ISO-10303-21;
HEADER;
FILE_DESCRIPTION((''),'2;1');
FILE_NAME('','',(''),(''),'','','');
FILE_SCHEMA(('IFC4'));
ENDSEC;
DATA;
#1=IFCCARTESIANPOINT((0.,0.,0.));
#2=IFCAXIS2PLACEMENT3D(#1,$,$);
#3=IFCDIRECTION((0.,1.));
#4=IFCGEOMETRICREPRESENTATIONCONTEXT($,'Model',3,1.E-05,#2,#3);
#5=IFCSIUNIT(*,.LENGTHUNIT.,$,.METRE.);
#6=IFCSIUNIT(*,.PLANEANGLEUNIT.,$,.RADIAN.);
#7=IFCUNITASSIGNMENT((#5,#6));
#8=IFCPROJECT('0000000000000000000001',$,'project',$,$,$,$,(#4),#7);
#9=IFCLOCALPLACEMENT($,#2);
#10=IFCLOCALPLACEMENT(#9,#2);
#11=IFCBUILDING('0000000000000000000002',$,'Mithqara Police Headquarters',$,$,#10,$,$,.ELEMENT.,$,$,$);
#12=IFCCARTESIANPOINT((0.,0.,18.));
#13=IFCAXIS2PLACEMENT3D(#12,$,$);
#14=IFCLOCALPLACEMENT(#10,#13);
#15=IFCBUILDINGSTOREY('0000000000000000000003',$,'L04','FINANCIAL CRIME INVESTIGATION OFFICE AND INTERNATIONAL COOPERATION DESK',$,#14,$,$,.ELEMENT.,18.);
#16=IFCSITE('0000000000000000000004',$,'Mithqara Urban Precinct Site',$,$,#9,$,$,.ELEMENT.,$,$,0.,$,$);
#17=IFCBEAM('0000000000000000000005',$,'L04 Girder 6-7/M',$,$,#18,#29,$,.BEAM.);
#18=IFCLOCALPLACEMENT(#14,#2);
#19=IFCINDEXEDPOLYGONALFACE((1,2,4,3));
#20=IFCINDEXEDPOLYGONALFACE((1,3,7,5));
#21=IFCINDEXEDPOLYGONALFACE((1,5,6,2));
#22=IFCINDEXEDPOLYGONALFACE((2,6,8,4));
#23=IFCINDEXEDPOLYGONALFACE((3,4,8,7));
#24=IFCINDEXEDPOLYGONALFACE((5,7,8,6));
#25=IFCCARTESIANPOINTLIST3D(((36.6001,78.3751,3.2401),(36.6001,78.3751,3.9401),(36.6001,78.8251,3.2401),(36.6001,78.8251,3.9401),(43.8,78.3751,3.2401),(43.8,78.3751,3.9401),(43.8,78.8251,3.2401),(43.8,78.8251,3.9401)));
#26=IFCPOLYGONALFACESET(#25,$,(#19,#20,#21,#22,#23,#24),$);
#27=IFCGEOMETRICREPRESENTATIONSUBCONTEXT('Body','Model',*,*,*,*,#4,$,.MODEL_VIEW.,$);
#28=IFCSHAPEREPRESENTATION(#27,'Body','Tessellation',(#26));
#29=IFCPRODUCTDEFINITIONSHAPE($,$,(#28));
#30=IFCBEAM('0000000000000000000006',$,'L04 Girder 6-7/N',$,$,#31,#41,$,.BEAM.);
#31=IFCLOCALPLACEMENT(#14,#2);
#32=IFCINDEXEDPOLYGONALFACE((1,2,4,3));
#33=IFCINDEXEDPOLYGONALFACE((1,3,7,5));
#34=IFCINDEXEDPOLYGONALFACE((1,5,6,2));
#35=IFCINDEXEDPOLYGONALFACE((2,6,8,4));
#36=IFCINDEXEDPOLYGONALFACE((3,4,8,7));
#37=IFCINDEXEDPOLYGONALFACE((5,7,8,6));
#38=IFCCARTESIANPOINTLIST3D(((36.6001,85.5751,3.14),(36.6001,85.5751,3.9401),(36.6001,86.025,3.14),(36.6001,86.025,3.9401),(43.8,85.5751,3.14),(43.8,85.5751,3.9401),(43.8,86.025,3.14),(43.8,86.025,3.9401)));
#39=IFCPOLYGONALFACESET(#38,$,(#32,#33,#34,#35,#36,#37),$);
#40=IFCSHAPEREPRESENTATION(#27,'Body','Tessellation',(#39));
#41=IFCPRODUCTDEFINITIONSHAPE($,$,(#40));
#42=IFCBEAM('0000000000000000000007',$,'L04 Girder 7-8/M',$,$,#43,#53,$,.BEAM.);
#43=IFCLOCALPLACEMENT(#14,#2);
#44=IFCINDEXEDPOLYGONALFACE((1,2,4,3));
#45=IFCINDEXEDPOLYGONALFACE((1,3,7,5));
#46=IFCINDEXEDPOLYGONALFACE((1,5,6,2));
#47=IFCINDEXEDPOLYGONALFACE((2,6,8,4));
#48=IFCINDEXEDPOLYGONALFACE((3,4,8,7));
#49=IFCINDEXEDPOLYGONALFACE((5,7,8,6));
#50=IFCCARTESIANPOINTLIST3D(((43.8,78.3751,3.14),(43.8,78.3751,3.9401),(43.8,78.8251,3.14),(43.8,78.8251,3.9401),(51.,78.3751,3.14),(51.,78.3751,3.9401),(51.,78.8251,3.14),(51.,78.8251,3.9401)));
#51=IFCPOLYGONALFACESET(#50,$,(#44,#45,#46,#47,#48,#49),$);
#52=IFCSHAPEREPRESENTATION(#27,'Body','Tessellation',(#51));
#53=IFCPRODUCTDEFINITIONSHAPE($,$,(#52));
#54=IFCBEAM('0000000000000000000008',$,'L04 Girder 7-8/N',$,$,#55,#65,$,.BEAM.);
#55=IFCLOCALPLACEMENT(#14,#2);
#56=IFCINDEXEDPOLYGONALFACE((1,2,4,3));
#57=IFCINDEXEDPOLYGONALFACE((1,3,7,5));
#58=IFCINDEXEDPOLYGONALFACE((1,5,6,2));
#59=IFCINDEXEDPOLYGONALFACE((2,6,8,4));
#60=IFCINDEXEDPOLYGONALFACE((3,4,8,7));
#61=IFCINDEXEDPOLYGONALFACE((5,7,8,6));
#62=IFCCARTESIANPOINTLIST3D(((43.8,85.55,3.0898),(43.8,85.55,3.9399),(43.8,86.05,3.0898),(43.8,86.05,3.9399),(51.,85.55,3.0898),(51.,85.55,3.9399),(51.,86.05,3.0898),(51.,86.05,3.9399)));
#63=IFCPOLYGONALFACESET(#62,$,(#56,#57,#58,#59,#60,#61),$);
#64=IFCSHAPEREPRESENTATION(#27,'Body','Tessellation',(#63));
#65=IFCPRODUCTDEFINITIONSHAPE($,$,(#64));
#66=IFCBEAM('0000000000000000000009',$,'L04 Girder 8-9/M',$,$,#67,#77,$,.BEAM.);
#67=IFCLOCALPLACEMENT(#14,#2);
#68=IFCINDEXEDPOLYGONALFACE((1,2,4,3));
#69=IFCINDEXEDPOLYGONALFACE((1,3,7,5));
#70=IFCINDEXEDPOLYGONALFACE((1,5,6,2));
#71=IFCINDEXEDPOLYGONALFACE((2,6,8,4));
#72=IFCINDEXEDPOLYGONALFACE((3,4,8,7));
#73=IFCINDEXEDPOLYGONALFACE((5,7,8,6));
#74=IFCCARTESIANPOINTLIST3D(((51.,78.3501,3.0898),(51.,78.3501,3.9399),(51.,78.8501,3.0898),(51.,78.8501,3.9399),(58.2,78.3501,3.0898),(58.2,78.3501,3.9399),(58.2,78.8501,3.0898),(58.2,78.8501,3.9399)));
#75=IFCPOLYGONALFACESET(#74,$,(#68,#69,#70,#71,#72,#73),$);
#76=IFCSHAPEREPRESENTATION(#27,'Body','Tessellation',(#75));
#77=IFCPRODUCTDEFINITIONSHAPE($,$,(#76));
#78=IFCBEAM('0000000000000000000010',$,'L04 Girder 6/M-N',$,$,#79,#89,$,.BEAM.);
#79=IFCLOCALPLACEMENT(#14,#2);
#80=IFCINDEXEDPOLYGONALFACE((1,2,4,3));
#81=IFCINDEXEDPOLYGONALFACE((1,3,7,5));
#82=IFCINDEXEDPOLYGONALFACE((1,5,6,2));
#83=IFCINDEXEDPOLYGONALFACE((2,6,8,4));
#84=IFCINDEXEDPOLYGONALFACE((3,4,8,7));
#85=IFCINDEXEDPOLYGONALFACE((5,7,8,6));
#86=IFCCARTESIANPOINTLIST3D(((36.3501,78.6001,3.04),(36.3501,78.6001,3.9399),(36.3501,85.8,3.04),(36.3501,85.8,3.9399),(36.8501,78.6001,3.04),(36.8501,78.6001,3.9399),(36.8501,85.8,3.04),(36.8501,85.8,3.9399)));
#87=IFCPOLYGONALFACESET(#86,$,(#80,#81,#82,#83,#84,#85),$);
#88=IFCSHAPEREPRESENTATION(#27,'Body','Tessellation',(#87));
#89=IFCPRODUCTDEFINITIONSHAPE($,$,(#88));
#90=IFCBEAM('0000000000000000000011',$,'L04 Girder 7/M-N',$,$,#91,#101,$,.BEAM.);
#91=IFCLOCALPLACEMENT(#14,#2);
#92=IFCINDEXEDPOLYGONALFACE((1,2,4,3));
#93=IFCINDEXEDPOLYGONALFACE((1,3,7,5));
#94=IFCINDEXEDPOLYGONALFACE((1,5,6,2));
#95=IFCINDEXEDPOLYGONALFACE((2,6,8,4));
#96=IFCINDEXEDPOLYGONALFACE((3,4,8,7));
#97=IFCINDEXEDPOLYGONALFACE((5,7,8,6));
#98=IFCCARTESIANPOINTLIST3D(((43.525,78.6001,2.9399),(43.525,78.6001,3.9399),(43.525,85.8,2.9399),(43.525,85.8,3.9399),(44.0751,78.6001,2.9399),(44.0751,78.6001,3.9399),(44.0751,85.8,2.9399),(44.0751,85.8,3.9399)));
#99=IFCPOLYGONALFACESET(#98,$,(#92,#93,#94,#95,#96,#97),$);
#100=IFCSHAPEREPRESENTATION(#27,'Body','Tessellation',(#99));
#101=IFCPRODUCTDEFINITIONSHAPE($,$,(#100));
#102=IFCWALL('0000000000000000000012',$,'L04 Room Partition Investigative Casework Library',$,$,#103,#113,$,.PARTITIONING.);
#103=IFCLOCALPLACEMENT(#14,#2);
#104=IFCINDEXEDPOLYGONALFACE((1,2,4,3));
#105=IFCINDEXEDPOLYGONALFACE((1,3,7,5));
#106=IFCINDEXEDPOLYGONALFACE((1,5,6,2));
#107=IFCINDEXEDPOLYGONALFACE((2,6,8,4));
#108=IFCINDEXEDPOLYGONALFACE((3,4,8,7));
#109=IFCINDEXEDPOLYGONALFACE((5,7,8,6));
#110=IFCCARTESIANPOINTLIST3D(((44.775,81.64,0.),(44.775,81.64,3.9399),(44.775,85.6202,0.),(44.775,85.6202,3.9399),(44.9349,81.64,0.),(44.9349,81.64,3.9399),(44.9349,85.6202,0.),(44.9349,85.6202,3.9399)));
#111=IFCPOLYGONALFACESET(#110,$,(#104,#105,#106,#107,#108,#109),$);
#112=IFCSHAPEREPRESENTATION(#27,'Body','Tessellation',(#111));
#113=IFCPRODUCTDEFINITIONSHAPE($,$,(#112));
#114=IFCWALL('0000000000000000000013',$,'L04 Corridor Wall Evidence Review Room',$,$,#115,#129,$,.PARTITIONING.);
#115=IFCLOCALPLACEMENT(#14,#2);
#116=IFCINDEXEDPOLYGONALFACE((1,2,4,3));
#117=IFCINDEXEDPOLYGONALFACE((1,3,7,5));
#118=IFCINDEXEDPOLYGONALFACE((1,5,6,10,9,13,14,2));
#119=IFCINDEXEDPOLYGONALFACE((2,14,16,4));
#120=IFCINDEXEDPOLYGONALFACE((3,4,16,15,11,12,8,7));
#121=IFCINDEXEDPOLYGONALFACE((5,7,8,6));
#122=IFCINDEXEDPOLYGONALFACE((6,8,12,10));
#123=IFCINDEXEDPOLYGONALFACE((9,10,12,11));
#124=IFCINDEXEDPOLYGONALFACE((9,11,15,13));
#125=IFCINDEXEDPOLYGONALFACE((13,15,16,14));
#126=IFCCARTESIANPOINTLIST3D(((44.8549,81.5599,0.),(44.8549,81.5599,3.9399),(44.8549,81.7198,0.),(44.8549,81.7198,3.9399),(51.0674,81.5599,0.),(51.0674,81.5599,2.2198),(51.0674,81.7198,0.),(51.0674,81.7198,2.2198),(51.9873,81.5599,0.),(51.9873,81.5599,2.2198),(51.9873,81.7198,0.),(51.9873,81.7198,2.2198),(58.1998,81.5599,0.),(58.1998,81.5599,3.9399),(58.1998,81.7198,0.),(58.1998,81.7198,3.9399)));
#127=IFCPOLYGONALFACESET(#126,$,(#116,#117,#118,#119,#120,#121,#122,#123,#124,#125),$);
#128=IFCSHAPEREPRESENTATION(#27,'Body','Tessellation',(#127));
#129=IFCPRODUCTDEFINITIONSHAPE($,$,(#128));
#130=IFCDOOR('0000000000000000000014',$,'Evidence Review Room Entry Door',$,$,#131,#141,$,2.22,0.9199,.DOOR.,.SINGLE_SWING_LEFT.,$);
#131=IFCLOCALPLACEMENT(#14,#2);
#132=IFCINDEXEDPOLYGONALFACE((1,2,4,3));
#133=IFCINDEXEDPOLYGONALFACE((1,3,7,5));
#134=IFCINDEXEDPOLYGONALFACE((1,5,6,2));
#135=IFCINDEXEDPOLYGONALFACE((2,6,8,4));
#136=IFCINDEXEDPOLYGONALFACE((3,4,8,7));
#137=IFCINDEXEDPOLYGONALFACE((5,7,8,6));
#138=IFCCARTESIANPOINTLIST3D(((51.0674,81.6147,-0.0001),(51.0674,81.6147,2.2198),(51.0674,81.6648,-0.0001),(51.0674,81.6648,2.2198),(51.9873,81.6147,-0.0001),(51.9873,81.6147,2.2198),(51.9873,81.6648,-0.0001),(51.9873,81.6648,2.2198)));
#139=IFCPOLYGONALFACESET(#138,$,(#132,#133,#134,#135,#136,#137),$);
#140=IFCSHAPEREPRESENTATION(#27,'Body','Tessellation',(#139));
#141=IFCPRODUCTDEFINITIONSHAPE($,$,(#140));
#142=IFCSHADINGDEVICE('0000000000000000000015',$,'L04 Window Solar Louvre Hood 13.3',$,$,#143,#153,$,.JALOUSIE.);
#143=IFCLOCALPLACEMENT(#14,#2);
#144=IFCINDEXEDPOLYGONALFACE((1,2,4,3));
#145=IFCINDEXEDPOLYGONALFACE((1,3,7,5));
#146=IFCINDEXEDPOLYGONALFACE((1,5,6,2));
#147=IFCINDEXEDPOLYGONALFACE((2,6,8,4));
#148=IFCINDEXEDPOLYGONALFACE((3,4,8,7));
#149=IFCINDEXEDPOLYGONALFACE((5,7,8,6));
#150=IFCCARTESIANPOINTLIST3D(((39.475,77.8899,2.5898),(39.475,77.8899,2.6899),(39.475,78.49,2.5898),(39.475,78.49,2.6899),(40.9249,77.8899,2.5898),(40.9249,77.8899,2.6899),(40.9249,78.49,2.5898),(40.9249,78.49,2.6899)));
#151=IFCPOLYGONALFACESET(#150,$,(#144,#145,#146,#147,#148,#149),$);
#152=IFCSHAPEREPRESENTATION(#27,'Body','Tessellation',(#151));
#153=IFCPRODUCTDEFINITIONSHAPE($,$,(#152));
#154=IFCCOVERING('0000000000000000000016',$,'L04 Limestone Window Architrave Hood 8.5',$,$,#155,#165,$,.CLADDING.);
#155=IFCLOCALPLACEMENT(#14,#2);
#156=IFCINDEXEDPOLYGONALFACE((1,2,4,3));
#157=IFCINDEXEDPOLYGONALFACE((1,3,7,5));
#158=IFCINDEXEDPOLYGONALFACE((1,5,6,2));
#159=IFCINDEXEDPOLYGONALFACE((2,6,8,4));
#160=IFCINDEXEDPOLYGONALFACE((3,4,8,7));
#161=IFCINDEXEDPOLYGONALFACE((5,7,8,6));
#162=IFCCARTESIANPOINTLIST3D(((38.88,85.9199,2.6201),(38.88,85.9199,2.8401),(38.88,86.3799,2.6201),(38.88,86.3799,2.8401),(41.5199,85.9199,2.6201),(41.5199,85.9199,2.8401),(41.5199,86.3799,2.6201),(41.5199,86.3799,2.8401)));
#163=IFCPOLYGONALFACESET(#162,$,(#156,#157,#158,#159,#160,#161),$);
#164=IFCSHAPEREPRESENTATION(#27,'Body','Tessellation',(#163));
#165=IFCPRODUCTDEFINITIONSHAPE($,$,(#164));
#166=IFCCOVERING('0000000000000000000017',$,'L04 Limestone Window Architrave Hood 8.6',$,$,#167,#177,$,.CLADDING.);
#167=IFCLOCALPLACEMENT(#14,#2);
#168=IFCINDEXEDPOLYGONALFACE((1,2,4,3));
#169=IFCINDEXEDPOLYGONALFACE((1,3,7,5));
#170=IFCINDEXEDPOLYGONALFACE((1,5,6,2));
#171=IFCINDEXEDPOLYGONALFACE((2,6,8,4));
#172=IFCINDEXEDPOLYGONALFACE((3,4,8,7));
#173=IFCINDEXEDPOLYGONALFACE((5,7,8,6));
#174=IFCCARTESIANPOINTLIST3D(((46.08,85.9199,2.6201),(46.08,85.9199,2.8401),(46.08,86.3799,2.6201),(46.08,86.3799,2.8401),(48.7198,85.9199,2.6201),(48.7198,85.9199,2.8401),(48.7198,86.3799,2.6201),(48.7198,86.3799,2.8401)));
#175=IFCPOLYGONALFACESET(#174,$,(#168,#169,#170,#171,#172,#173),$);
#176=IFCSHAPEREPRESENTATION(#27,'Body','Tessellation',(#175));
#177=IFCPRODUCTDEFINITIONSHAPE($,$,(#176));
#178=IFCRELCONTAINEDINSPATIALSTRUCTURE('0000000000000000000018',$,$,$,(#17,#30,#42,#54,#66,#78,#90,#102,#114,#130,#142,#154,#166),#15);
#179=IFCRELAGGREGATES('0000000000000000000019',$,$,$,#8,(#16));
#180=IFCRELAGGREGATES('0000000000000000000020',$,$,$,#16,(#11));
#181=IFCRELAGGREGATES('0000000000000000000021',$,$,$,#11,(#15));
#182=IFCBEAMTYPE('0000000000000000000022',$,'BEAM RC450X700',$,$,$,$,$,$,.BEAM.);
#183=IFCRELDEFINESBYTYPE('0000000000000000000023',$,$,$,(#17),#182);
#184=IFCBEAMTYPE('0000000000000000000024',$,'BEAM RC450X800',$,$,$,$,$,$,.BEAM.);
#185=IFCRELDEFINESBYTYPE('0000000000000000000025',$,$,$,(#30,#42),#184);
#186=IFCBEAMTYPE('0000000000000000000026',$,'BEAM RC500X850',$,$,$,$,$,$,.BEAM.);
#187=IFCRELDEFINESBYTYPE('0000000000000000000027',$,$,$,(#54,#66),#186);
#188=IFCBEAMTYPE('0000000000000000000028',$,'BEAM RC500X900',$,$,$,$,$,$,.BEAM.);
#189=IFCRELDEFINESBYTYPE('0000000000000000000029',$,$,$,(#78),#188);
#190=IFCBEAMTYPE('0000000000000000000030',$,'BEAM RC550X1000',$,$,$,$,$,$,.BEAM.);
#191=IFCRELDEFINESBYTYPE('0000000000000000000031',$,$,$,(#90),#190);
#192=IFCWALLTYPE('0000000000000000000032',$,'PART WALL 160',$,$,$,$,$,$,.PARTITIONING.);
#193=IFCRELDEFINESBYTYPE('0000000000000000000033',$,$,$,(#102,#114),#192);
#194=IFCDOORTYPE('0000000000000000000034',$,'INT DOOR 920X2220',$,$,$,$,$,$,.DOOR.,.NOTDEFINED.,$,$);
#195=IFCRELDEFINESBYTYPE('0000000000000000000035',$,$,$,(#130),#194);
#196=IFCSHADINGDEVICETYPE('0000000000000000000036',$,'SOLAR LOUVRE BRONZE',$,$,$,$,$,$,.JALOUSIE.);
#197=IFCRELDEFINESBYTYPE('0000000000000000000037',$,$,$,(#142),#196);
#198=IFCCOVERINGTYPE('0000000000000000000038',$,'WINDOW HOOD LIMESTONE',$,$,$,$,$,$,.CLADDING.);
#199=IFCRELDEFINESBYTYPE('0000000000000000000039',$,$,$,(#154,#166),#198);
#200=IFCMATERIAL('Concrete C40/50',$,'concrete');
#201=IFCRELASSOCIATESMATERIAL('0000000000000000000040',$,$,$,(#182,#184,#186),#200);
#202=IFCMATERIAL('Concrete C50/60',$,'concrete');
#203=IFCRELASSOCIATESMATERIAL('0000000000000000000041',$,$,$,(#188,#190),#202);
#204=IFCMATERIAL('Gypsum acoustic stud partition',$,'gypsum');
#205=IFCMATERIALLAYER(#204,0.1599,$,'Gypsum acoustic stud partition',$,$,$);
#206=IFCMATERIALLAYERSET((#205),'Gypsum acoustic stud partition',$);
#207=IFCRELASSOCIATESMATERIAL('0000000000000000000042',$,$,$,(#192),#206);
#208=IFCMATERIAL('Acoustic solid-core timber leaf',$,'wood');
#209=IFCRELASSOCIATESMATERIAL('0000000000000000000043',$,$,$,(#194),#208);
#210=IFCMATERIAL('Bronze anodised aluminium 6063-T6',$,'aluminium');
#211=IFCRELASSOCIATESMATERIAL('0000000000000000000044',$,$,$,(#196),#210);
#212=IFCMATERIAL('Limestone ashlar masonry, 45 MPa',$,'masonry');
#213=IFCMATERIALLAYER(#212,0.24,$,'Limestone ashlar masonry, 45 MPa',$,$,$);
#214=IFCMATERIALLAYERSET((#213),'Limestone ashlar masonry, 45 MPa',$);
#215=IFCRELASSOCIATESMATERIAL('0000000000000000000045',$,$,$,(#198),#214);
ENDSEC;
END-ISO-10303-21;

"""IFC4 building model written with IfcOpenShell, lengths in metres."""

from ifc_helpers import new_model, si_unit, direction, frame, frame_2d, origin, origin_2d, place, context, subcontext, project, spatial, rectangle, extrude, material, layer, layer_set, material_profile, profile_set, type_object, element, fill, save


model = new_model("IFC4")

# Units and contexts
model_context = context("Model", 3, precision=1e-05, world=origin(), true_north=direction((0.0, 1.0)))
body_context = subcontext(model_context, "Body", "Model", "MODEL_VIEW")
ifc_project = project(units=[si_unit("LENGTHUNIT", "METRE"), si_unit("PLANEANGLEUNIT", "RADIAN")], contexts=[model_context])

# Site, building, storey
site_placement = place(None, origin())
site = spatial("IfcSite", under=ifc_project, at=site_placement, Name="Mithqara Urban Precinct Site", CompositionType="ELEMENT", RefElevation=0.0)
building_placement = place(site_placement, origin())
building = spatial("IfcBuilding", under=site, at=building_placement, Name="Mithqara Police Headquarters", CompositionType="ELEMENT")
storey_placement = place(building_placement, frame((0.0, 0.0, 18.0)))
storey = spatial("IfcBuildingStorey", under=building, at=storey_placement, Name="L04", Description="FINANCIAL CRIME INVESTIGATION OFFICE AND INTERNATIONAL COOPERATION DESK", CompositionType="ELEMENT", Elevation=18.0)

# Shared definitions
ifc_material_1 = material(Name="Concrete C50/60", Category="concrete")

# Beams
ifc_material_2 = material(Name="Concrete C40/50", Category="concrete")
ifc_material_profile_1 = material_profile(ifc_material_2, rectangle(XDim=0.45, YDim=0.7, at=origin_2d()), Name="RC 450x700")
ifc_profile_set_1 = profile_set([ifc_material_profile_1], Name="Concrete C40/50")
beam_type_1 = type_object("IfcBeamType", Name="BEAM RC450X700", PredefinedType="BEAM", material=ifc_profile_set_1)
beam_1_placement = place(storey_placement, frame((36.6001, 78.6001, 3.5901), z_axis=(1.0, 0.0, 0.0), x_axis=(0.0, 1.0, 0.0)))
element("IfcBeam", 1, at=beam_1_placement, inside=storey, type_object=beam_type_1, Name="L04 Girder 6-7/M", PredefinedType="BEAM", context=body_context, shape_type="SweptSolid", body=[
    extrude(rectangle(XDim=0.45, YDim=0.7, at=origin_2d()), origin(), (0.0, 0.0, 1.0), 7.2),
])
ifc_material_profile_2 = material_profile(ifc_material_2, rectangle(XDim=0.45, YDim=0.8, at=origin_2d()), Name="RC 450x800")
ifc_profile_set_2 = profile_set([ifc_material_profile_2], Name="Concrete C40/50")
beam_type_2 = type_object("IfcBeamType", Name="BEAM RC450X800", PredefinedType="BEAM", material=ifc_profile_set_2)
for number, where, z_axis, x_axis, name in (
    (2, (36.6001, 85.8, 3.54), (1.0, 0.0, 0.0), (0.0, 1.0, 0.0), "L04 Girder 6-7/N"),
    (3, (43.8, 78.6001, 3.54), (1.0, 0.0, 0.0), (0.0, 1.0, 0.0), "L04 Girder 7-8/M"),
):
    element("IfcBeam", number, at=place(storey_placement, frame(where, z_axis=z_axis, x_axis=x_axis)), inside=storey, type_object=beam_type_2, Name=name, PredefinedType="BEAM", context=body_context, shape_type="SweptSolid", body=[
        extrude(rectangle(XDim=0.45, YDim=0.8, at=origin_2d()), origin(), (0.0, 0.0, 1.0), 7.2),
    ])
ifc_material_profile_3 = material_profile(ifc_material_2, rectangle(XDim=0.5, YDim=0.8501, at=origin_2d()), Name="RC 500x850")
ifc_profile_set_3 = profile_set([ifc_material_profile_3], Name="Concrete C40/50")
beam_type_3 = type_object("IfcBeamType", Name="BEAM RC500X850", PredefinedType="BEAM", material=ifc_profile_set_3)
for number, where, z_axis, x_axis, name in (
    (4, (43.8, 85.8, 3.5149), (1.0, 0.0, 0.0), (0.0, 1.0, 0.0), "L04 Girder 7-8/N"),
    (5, (51.0, 78.6001, 3.5149), (1.0, 0.0, 0.0), (0.0, 1.0, 0.0), "L04 Girder 8-9/M"),
):
    element("IfcBeam", number, at=place(storey_placement, frame(where, z_axis=z_axis, x_axis=x_axis)), inside=storey, type_object=beam_type_3, Name=name, PredefinedType="BEAM", context=body_context, shape_type="SweptSolid", body=[
        extrude(rectangle(XDim=0.5, YDim=0.8501, at=origin_2d()), origin(), (0.0, 0.0, 1.0), 7.2),
    ])
ifc_material_profile_4 = material_profile(ifc_material_1, rectangle(XDim=0.5, YDim=0.8999, at=origin_2d()), Name="RC 500x900")
ifc_profile_set_4 = profile_set([ifc_material_profile_4], Name="Concrete C50/60")
beam_type_4 = type_object("IfcBeamType", Name="BEAM RC500X900", PredefinedType="BEAM", material=ifc_profile_set_4)
beam_2_placement = place(storey_placement, frame((36.6001, 78.6001, 3.49), z_axis=(0.0, 1.0, 0.0), x_axis=(-1.0, 0.0, 0.0)))
element("IfcBeam", 6, at=beam_2_placement, inside=storey, type_object=beam_type_4, Name="L04 Girder 6/M-N", PredefinedType="BEAM", context=body_context, shape_type="SweptSolid", body=[
    extrude(rectangle(XDim=0.5, YDim=0.8999, at=origin_2d()), origin(), (0.0, 0.0, 1.0), 7.2),
])
ifc_material_profile_5 = material_profile(ifc_material_1, rectangle(XDim=0.55, YDim=1.0, at=origin_2d()), Name="RC 550x1000")
ifc_profile_set_5 = profile_set([ifc_material_profile_5], Name="Concrete C50/60")
beam_type_5 = type_object("IfcBeamType", Name="BEAM RC550X1000", PredefinedType="BEAM", material=ifc_profile_set_5)
beam_3_placement = place(storey_placement, frame((43.8, 78.6001, 3.4399), z_axis=(0.0, 1.0, 0.0), x_axis=(-1.0, 0.0, 0.0)))
element("IfcBeam", 7, at=beam_3_placement, inside=storey, type_object=beam_type_5, Name="L04 Girder 7/M-N", PredefinedType="BEAM", context=body_context, shape_type="SweptSolid", body=[
    extrude(rectangle(XDim=0.55, YDim=1.0, at=origin_2d()), origin(), (0.0, 0.0, 1.0), 7.2),
])

# Wall
ifc_material_3 = material(Name="Gypsum acoustic stud partition", Category="gypsum")
ifc_layer_1 = layer(ifc_material_3, 0.1599, Name="Gypsum acoustic stud partition")
ifc_layer_set_1 = layer_set([ifc_layer_1], Name="Gypsum acoustic stud partition")
wall_type = type_object("IfcWallType", Name="PART WALL 160", PredefinedType="PARTITIONING", material=ifc_layer_set_1)
wall_1_placement = place(storey_placement, frame((44.855, 81.6399, 0.0), z_axis=(0.0, 0.0, 1.0), x_axis=(0.0, 1.0, 0.0)))
element("IfcWall", 8, at=wall_1_placement, inside=storey, type_object=wall_type, Name="L04 Room Partition Investigative Casework Library", PredefinedType="PARTITIONING", context=body_context, shape_type="SweptSolid", body=[
    extrude(rectangle(XDim=3.9802, YDim=0.1599, at=frame_2d((1.9902, 0.0))), origin(), (0.0, 0.0, 1.0), 3.9399),
])

# Wall, opening, door
wall_2_placement = place(storey_placement, frame((44.855, 81.6399, 0.0), z_axis=(0.0, 0.0, 1.0), x_axis=(1.0, 0.0, 0.0)))
wall_2 = element("IfcWall", 9, at=wall_2_placement, inside=storey, type_object=wall_type, Name="L04 Corridor Wall Evidence Review Room", PredefinedType="PARTITIONING", context=body_context, shape_type="SweptSolid", body=[
    extrude(rectangle(XDim=13.345, YDim=0.1599, at=frame_2d((6.6724, 0.0))), origin(), (0.0, 0.0, 1.0), 3.9399),
])
opening_placement = place(wall_2_placement, frame((6.2124, 0.0, 0.0)))
opening = element("IfcOpeningElement", 10, at=opening_placement, cuts=wall_2, PredefinedType="OPENING", context=body_context, shape_type="SweptSolid", body=[
    extrude(rectangle(XDim=0.9199, YDim=2.22, at=frame_2d((0.46, 1.1099))), frame((0.0, 0.0898, 0.0), z_axis=(0.0, -1.0, 0.0), x_axis=(1.0, 0.0, 0.0)), (0.0, 0.0, 1.0), 0.1799),
])
ifc_material_4 = material(Name="Acoustic solid-core timber leaf", Category="wood")
door_type = type_object("IfcDoorType", Name="INT DOOR 920X2220", OperationType="NOTDEFINED", PredefinedType="DOOR", material=ifc_material_4)
door_placement = place(opening_placement, origin())
door = element("IfcDoor", 11, at=door_placement, inside=storey, type_object=door_type, Name="Evidence Review Room Entry Door", OperationType="SINGLE_SWING_LEFT", OverallHeight=2.22, OverallWidth=0.9199, PredefinedType="DOOR", context=body_context, shape_type="SweptSolid", body=[
    extrude(rectangle(XDim=0.9199, YDim=2.22, at=frame_2d((0.46, 1.1099))), frame((0.0, 0.0249, 0.0), z_axis=(0.0, -1.0, 0.0), x_axis=(1.0, 0.0, 0.0)), (0.0, 0.0, 1.0), 0.05),
])
fill(opening, door)

# Shading device
ifc_material_5 = material(Name="Bronze anodised aluminium 6063-T6", Category="aluminium")
shading_device_type = type_object("IfcShadingDeviceType", Name="SOLAR LOUVRE BRONZE", PredefinedType="JALOUSIE", material=ifc_material_5)
shading_device_placement = place(storey_placement, frame((40.2, 78.1899, 2.5898), z_axis=(0.0, 0.0, 1.0), x_axis=(1.0, 0.0, 0.0)))
element("IfcShadingDevice", 12, at=shading_device_placement, inside=storey, type_object=shading_device_type, Name="L04 Window Solar Louvre Hood 13.3", PredefinedType="JALOUSIE", context=body_context, shape_type="SweptSolid", body=[
    extrude(rectangle(XDim=1.45, YDim=0.6001, at=origin_2d()), origin(), (0.0, 0.0, 1.0), 0.1001),
])

# Coverings
ifc_material_6 = material(Name="Limestone ashlar masonry, 45 MPa", Category="masonry")
ifc_layer_2 = layer(ifc_material_6, 0.24, Name="Limestone ashlar masonry, 45 MPa")
ifc_layer_set_2 = layer_set([ifc_layer_2], Name="Limestone ashlar masonry, 45 MPa")
covering_type = type_object("IfcCoveringType", Name="WINDOW HOOD LIMESTONE", PredefinedType="CLADDING", material=ifc_layer_set_2)
for number, where, z_axis, x_axis, name in (
    (13, (40.2, 86.1499, 2.6201), (0.0, 0.0, 1.0), (1.0, 0.0, 0.0), "L04 Limestone Window Architrave Hood 8.5"),
    (14, (47.3999, 86.1499, 2.6201), (0.0, 0.0, 1.0), (1.0, 0.0, 0.0), "L04 Limestone Window Architrave Hood 8.6"),
):
    element("IfcCovering", number, at=place(storey_placement, frame(where, z_axis=z_axis, x_axis=x_axis)), inside=storey, type_object=covering_type, Name=name, PredefinedType="CLADDING", context=body_context, shape_type="SweptSolid", body=[
        extrude(rectangle(XDim=2.6399, YDim=0.46, at=origin_2d()), origin(), (0.0, 0.0, 1.0), 0.22),
    ])

save(model, "model.ifc")
